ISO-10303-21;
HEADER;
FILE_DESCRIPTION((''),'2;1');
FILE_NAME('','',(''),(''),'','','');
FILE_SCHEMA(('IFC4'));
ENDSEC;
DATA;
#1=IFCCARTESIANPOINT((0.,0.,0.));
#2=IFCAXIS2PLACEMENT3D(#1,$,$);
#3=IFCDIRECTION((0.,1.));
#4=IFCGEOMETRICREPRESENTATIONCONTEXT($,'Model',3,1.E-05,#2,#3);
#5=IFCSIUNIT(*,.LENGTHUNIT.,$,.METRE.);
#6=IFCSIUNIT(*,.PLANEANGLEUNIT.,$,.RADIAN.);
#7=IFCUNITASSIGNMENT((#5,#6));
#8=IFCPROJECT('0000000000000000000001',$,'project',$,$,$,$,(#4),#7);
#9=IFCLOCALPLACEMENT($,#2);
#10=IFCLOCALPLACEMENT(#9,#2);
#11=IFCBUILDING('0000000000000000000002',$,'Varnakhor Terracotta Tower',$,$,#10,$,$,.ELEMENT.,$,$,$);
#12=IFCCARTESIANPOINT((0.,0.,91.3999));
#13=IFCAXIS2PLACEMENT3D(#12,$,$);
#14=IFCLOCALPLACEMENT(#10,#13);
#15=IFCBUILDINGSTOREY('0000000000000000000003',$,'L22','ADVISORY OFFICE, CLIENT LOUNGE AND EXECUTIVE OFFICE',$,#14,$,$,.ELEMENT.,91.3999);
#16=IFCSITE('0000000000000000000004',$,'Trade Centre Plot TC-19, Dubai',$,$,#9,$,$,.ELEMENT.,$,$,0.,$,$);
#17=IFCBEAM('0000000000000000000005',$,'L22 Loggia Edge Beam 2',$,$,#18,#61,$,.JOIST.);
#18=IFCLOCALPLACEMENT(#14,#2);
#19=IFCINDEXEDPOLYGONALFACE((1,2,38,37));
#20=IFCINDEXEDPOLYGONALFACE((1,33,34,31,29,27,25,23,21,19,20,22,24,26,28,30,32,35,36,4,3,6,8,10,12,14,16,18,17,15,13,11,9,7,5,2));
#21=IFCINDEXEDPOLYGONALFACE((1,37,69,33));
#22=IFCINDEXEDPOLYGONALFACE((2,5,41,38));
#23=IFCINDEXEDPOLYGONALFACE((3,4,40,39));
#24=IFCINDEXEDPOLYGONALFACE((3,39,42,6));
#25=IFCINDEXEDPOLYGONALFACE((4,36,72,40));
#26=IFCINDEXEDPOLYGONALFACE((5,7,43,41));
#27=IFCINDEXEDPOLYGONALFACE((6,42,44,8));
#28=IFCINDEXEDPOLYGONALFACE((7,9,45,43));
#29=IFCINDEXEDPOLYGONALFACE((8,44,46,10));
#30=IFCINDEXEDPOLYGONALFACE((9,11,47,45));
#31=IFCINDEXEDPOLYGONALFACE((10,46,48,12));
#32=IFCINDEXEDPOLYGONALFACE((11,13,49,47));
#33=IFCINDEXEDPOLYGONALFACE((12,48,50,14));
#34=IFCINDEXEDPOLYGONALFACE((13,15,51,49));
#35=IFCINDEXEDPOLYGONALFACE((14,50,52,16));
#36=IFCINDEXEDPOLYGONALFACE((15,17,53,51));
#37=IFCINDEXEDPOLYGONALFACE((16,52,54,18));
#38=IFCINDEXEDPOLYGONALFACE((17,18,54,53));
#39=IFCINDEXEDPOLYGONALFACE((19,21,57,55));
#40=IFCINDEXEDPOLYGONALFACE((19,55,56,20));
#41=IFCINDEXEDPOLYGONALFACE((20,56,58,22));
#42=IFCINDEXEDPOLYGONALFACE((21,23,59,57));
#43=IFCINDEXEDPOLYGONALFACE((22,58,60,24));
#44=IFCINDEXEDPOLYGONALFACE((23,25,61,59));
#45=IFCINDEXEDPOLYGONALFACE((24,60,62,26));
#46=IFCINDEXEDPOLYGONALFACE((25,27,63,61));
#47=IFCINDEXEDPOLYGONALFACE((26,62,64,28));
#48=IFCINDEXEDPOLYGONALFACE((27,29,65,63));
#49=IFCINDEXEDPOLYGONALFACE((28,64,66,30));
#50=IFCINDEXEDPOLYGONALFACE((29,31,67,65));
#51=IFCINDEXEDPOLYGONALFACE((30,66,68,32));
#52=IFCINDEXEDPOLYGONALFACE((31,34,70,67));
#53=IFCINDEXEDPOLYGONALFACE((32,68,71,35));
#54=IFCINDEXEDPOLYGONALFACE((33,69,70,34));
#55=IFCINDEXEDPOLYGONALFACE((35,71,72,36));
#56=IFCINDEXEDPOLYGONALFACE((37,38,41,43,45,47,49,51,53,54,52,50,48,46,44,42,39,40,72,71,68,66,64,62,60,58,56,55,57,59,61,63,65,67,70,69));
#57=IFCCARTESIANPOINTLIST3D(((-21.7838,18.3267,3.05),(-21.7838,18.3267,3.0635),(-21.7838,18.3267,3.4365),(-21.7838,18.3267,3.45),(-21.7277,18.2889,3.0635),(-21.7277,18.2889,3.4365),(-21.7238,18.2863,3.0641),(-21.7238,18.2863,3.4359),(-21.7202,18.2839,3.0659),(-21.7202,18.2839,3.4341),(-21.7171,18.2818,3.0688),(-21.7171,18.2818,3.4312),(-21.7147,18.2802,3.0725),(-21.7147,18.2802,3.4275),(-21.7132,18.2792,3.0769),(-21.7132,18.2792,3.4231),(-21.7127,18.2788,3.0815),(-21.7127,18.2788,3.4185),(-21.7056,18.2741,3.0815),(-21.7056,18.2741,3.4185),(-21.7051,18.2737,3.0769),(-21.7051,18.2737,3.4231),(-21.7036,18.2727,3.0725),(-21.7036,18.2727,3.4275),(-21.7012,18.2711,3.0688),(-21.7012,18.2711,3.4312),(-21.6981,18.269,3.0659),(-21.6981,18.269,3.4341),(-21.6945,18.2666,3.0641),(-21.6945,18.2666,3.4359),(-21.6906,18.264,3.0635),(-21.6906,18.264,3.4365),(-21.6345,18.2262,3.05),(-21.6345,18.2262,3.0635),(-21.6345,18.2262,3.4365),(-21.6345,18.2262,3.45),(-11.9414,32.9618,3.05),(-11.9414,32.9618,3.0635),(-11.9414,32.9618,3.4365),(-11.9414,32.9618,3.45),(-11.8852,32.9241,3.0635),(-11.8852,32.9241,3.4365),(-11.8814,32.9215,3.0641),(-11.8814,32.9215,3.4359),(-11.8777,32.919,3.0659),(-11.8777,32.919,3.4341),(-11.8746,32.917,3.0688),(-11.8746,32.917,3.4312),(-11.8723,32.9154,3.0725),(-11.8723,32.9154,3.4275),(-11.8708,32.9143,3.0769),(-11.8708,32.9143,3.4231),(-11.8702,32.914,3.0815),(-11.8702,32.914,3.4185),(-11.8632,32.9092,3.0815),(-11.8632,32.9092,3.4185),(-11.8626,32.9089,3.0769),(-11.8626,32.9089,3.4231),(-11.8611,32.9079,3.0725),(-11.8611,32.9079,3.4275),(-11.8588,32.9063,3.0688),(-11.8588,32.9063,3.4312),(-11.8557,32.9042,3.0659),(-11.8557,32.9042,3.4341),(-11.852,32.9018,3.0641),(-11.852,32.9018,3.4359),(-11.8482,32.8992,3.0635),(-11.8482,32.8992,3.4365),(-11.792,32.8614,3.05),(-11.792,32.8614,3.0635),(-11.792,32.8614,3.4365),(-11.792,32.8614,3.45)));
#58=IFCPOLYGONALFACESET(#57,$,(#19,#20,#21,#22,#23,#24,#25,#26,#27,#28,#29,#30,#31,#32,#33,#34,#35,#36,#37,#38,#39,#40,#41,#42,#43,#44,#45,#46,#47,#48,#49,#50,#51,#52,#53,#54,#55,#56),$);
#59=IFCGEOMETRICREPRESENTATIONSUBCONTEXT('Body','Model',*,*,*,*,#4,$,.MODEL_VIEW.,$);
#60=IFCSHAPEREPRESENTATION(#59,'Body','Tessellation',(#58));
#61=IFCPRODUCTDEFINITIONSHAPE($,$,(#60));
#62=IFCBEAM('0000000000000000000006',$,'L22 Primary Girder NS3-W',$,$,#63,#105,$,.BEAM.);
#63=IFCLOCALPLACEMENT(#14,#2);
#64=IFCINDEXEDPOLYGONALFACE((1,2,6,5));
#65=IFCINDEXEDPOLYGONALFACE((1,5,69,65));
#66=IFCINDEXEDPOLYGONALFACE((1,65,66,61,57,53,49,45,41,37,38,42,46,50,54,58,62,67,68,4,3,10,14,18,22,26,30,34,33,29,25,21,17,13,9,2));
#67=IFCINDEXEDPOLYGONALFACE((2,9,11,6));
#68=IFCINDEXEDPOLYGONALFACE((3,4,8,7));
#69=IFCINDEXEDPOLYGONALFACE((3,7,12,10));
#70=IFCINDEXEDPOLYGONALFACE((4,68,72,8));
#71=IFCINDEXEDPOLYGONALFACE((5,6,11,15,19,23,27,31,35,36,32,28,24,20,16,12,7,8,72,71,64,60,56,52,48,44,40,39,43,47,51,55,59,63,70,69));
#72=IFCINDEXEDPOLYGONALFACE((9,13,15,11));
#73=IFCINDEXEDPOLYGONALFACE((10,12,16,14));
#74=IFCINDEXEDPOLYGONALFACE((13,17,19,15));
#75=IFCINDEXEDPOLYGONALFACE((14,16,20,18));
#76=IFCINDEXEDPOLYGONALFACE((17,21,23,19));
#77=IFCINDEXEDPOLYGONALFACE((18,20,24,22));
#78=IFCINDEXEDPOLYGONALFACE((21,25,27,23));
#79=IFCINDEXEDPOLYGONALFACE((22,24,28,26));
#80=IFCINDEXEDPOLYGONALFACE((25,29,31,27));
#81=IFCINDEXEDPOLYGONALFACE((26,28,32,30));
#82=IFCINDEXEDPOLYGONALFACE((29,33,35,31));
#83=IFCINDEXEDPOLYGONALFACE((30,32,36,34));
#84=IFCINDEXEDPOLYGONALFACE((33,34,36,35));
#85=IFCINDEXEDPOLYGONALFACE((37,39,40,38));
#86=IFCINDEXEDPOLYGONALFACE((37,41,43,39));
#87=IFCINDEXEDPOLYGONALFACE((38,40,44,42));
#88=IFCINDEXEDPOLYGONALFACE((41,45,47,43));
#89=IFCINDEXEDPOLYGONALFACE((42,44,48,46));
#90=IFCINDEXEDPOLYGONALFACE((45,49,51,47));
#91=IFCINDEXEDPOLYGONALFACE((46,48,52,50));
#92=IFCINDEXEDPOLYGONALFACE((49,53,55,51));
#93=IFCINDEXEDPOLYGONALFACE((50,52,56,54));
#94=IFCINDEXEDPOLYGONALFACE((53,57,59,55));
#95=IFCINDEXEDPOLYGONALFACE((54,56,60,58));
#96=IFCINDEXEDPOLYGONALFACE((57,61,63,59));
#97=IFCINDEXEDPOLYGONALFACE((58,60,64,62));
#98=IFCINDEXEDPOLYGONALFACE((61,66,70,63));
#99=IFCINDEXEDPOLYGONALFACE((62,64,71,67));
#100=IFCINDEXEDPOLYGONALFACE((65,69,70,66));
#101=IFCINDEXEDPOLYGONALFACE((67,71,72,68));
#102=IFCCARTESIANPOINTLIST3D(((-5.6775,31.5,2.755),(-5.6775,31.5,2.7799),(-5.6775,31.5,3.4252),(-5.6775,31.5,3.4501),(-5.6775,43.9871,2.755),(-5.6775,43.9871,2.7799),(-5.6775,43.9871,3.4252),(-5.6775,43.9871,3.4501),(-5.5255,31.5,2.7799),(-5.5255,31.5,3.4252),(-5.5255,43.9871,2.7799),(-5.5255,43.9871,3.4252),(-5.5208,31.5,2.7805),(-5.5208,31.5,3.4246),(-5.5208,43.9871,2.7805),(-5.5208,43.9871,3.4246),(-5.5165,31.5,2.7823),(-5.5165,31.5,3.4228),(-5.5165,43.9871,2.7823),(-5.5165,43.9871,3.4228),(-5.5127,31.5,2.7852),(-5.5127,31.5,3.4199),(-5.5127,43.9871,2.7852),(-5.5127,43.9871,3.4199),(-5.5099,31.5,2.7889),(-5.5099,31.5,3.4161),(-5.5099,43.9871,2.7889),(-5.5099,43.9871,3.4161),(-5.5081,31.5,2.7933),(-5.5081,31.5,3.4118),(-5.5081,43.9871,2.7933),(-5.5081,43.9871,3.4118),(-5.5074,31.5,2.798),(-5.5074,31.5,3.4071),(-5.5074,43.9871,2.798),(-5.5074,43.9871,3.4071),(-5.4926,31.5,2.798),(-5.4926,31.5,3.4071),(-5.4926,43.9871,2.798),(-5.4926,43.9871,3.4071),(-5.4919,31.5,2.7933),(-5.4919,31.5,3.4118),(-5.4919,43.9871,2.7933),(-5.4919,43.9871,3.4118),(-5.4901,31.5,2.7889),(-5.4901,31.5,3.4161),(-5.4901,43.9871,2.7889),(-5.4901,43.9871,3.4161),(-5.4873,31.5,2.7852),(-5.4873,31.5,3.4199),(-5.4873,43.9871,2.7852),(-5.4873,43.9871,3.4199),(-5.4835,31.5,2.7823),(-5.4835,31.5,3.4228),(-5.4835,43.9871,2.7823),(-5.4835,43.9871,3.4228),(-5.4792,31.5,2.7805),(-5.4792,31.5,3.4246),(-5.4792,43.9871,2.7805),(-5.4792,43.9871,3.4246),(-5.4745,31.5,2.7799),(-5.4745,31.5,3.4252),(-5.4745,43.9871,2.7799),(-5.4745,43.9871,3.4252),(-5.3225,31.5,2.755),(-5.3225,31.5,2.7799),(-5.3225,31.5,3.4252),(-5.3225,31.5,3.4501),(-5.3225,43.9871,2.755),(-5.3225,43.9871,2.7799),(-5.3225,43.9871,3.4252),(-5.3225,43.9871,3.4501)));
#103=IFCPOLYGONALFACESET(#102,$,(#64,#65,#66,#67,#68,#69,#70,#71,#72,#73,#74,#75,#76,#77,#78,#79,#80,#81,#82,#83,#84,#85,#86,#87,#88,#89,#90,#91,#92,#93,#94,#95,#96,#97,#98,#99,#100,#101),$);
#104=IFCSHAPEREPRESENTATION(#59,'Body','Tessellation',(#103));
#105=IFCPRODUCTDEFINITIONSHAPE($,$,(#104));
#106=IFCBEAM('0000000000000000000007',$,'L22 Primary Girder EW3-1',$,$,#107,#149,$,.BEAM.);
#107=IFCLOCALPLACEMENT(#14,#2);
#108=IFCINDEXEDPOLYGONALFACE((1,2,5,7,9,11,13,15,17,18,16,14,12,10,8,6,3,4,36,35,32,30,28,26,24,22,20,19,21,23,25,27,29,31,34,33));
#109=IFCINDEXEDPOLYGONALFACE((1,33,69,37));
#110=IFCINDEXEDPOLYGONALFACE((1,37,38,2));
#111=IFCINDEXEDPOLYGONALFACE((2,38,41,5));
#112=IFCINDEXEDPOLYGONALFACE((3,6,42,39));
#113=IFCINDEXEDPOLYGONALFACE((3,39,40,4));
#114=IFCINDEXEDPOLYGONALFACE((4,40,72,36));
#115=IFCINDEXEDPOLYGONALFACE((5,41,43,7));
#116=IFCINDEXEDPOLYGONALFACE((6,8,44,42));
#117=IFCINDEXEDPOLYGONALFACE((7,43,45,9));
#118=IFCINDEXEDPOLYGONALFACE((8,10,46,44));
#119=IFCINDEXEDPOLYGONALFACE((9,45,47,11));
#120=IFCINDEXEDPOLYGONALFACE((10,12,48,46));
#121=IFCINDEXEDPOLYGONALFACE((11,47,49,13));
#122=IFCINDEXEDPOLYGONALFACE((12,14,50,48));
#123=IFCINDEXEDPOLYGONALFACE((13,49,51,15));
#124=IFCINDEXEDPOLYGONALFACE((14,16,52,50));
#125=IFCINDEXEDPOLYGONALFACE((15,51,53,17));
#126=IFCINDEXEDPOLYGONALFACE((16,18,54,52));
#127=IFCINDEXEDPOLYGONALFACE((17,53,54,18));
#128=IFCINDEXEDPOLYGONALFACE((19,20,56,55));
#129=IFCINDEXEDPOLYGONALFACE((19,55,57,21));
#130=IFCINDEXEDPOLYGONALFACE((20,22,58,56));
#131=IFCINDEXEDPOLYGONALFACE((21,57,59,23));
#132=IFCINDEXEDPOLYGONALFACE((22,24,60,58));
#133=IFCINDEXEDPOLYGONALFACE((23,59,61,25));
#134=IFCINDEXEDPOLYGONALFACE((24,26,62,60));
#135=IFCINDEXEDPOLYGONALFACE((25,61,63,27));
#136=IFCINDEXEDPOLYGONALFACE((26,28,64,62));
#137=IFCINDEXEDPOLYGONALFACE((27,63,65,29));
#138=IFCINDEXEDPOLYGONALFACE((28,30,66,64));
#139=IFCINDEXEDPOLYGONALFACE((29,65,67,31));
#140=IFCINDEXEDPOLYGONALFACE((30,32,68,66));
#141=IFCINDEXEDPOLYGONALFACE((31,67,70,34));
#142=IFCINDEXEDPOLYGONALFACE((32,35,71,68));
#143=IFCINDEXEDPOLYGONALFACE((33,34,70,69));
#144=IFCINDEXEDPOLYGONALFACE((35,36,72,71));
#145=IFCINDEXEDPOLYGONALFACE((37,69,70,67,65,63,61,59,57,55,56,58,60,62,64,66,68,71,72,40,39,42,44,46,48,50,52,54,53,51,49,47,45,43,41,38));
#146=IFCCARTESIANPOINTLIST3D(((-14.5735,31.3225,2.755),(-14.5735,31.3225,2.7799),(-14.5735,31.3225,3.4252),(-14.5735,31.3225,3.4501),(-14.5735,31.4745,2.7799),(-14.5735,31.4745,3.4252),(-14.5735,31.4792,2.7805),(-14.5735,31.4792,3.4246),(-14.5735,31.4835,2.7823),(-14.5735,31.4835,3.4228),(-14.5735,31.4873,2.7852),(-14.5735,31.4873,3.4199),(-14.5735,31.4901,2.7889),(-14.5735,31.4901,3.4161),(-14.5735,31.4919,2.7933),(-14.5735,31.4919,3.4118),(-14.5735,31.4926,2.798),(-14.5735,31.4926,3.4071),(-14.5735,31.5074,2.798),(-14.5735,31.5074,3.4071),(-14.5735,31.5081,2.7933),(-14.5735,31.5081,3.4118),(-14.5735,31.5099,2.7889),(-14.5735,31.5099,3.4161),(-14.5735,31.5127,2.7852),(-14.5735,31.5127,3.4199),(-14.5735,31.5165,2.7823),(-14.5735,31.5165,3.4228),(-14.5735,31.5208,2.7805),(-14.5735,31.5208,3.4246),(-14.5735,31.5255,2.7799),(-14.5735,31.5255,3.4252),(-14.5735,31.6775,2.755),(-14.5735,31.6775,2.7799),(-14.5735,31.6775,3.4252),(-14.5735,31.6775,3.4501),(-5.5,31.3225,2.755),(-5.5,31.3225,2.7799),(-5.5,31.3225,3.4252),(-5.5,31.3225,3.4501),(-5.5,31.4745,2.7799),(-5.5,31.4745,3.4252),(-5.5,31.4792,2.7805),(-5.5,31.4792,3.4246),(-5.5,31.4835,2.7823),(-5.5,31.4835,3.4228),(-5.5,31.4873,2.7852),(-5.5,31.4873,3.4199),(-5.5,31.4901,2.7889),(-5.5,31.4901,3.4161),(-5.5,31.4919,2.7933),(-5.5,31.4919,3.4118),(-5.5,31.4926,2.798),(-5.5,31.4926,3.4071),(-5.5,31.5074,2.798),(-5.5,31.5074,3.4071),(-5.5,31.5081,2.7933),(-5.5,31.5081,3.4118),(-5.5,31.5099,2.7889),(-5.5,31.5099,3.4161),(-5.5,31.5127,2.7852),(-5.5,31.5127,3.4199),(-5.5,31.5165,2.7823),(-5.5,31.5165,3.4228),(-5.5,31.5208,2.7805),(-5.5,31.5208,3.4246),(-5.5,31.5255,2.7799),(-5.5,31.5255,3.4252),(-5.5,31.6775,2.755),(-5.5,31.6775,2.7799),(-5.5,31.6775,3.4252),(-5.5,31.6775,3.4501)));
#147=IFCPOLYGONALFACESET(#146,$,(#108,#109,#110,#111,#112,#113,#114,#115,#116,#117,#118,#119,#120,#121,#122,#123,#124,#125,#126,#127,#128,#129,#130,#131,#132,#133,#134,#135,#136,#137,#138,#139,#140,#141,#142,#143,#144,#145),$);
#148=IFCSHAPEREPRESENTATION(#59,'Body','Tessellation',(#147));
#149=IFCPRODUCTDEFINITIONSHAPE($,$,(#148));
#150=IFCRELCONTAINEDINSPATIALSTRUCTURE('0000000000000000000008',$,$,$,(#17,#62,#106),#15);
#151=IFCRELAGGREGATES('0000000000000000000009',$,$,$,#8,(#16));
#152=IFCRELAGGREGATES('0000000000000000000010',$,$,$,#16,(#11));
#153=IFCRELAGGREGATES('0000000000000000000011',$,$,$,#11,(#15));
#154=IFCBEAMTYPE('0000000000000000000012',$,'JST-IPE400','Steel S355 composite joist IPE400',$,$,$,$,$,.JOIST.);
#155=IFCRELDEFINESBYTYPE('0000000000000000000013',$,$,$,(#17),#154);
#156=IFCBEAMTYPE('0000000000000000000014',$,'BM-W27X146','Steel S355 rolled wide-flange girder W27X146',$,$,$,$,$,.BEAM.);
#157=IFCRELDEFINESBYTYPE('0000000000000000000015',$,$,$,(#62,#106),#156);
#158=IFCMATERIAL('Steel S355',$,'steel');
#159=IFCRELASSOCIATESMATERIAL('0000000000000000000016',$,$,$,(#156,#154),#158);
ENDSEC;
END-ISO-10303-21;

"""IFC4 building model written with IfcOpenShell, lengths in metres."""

from ifc_helpers import new_model, si_unit, direction, frame, origin, origin_2d, place, context, subcontext, project, spatial, i_section, extrude, source, transform, mapped, material, material_profile, profile_set, type_object, element, save


model = new_model("IFC4")

# Units and contexts
model_context = context("Model", 3, precision=1e-05, world=origin(), true_north=direction((0.0, 1.0)))
body_context = subcontext(model_context, "Body", "Model", "MODEL_VIEW")
ifc_project = project(units=[si_unit("LENGTHUNIT", "METRE"), si_unit("PLANEANGLEUNIT", "RADIAN")], contexts=[model_context])

# Site, building, storey
site_placement = place(None, origin())
site = spatial("IfcSite", under=ifc_project, at=site_placement, Name="Trade Centre Plot TC-19, Dubai", CompositionType="ELEMENT", RefElevation=0.0)
building_placement = place(site_placement, origin())
building = spatial("IfcBuilding", under=site, at=building_placement, Name="Varnakhor Terracotta Tower", CompositionType="ELEMENT")
storey_placement = place(building_placement, frame((0.0, 0.0, 91.3999)))
storey = spatial("IfcBuildingStorey", under=building, at=storey_placement, Name="L22", Description="ADVISORY OFFICE, CLIENT LOUNGE AND EXECUTIVE OFFICE", CompositionType="ELEMENT", Elevation=91.3999)

# Beams
ifc_material_1 = material(Name="Steel S355", Category="steel")
ifc_material_profile_1 = material_profile(ifc_material_1, i_section(OverallWidth=0.355, OverallDepth=0.6951, WebThickness=0.0149, FlangeThickness=0.0249, FilletRadius=0.0181, at=origin_2d()), Name="W27X146")
ifc_profile_set_1 = profile_set([ifc_material_profile_1], Name="Steel S355")
beam_type_1 = type_object("IfcBeamType", Name="BM-W27X146", Description="Steel S355 rolled wide-flange girder W27X146", PredefinedType="BEAM", material=ifc_profile_set_1)
ifc_material_profile_2 = material_profile(ifc_material_1, i_section(OverallWidth=0.1799, OverallDepth=0.3999, WebThickness=0.0085, FlangeThickness=0.0134, FilletRadius=0.0181, at=origin_2d()), Name="IPE400")
ifc_profile_set_2 = profile_set([ifc_material_profile_2], Name="Steel S355")
beam_type_2 = type_object("IfcBeamType", Name="JST-IPE400", Description="Steel S355 composite joist IPE400", PredefinedType="JOIST", material=ifc_profile_set_2)
shared_shape_1 = source(origin(), body_context, "Body", "SweptSolid", [
    extrude(i_section(OverallWidth=0.1799, OverallDepth=0.3999, WebThickness=0.0085, FlangeThickness=0.0134, FilletRadius=0.0181, at=origin_2d()), origin(), (0.0, 0.0, 1.0), 17.637),
])
beam_1_placement = place(storey_placement, frame((-11.8667, 32.9116, 3.25), z_axis=(-0.558059, -0.829801, 0.0), x_axis=(0.829801, -0.558059, 0.0)))
element("IfcBeam", 1, at=beam_1_placement, inside=storey, type_object=beam_type_2, Name="L22 Loggia Edge Beam 2", PredefinedType="JOIST", context=body_context, shape_type="MappedRepresentation", body=[
    mapped(shared_shape_1, transform((0.0, 0.0, 0.0), scale=1.0)),
])
shared_shape_2 = source(origin(), body_context, "Body", "SweptSolid", [
    extrude(i_section(OverallWidth=0.355, OverallDepth=0.6951, WebThickness=0.0149, FlangeThickness=0.0249, FilletRadius=0.0181, at=origin_2d()), origin(), (0.0, 0.0, 1.0), 12.4871),
])
beam_2_placement = place(storey_placement, frame((-5.5, 31.5, 3.1025), z_axis=(0.0, 1.0, 0.0), x_axis=(-1.0, 0.0, 0.0)))
element("IfcBeam", 2, at=beam_2_placement, inside=storey, type_object=beam_type_1, Name="L22 Primary Girder NS3-W", PredefinedType="BEAM", context=body_context, shape_type="MappedRepresentation", body=[
    mapped(shared_shape_2, transform((0.0, 0.0, 0.0), scale=1.0)),
])
shared_shape_3 = source(origin(), body_context, "Body", "SweptSolid", [
    extrude(i_section(OverallWidth=0.355, OverallDepth=0.6951, WebThickness=0.0149, FlangeThickness=0.0249, FilletRadius=0.0181, at=origin_2d()), origin(), (0.0, 0.0, 1.0), 9.0735),
])
beam_3_placement = place(storey_placement, frame((-14.5735, 31.5, 3.1025), z_axis=(1.0, 0.0, 0.0), x_axis=(0.0, 1.0, 0.0)))
element("IfcBeam", 3, at=beam_3_placement, inside=storey, type_object=beam_type_1, Name="L22 Primary Girder EW3-1", PredefinedType="BEAM", context=body_context, shape_type="MappedRepresentation", body=[
    mapped(shared_shape_3, transform((0.0, 0.0, 0.0), scale=1.0)),
])

save(model, "model.ifc")
